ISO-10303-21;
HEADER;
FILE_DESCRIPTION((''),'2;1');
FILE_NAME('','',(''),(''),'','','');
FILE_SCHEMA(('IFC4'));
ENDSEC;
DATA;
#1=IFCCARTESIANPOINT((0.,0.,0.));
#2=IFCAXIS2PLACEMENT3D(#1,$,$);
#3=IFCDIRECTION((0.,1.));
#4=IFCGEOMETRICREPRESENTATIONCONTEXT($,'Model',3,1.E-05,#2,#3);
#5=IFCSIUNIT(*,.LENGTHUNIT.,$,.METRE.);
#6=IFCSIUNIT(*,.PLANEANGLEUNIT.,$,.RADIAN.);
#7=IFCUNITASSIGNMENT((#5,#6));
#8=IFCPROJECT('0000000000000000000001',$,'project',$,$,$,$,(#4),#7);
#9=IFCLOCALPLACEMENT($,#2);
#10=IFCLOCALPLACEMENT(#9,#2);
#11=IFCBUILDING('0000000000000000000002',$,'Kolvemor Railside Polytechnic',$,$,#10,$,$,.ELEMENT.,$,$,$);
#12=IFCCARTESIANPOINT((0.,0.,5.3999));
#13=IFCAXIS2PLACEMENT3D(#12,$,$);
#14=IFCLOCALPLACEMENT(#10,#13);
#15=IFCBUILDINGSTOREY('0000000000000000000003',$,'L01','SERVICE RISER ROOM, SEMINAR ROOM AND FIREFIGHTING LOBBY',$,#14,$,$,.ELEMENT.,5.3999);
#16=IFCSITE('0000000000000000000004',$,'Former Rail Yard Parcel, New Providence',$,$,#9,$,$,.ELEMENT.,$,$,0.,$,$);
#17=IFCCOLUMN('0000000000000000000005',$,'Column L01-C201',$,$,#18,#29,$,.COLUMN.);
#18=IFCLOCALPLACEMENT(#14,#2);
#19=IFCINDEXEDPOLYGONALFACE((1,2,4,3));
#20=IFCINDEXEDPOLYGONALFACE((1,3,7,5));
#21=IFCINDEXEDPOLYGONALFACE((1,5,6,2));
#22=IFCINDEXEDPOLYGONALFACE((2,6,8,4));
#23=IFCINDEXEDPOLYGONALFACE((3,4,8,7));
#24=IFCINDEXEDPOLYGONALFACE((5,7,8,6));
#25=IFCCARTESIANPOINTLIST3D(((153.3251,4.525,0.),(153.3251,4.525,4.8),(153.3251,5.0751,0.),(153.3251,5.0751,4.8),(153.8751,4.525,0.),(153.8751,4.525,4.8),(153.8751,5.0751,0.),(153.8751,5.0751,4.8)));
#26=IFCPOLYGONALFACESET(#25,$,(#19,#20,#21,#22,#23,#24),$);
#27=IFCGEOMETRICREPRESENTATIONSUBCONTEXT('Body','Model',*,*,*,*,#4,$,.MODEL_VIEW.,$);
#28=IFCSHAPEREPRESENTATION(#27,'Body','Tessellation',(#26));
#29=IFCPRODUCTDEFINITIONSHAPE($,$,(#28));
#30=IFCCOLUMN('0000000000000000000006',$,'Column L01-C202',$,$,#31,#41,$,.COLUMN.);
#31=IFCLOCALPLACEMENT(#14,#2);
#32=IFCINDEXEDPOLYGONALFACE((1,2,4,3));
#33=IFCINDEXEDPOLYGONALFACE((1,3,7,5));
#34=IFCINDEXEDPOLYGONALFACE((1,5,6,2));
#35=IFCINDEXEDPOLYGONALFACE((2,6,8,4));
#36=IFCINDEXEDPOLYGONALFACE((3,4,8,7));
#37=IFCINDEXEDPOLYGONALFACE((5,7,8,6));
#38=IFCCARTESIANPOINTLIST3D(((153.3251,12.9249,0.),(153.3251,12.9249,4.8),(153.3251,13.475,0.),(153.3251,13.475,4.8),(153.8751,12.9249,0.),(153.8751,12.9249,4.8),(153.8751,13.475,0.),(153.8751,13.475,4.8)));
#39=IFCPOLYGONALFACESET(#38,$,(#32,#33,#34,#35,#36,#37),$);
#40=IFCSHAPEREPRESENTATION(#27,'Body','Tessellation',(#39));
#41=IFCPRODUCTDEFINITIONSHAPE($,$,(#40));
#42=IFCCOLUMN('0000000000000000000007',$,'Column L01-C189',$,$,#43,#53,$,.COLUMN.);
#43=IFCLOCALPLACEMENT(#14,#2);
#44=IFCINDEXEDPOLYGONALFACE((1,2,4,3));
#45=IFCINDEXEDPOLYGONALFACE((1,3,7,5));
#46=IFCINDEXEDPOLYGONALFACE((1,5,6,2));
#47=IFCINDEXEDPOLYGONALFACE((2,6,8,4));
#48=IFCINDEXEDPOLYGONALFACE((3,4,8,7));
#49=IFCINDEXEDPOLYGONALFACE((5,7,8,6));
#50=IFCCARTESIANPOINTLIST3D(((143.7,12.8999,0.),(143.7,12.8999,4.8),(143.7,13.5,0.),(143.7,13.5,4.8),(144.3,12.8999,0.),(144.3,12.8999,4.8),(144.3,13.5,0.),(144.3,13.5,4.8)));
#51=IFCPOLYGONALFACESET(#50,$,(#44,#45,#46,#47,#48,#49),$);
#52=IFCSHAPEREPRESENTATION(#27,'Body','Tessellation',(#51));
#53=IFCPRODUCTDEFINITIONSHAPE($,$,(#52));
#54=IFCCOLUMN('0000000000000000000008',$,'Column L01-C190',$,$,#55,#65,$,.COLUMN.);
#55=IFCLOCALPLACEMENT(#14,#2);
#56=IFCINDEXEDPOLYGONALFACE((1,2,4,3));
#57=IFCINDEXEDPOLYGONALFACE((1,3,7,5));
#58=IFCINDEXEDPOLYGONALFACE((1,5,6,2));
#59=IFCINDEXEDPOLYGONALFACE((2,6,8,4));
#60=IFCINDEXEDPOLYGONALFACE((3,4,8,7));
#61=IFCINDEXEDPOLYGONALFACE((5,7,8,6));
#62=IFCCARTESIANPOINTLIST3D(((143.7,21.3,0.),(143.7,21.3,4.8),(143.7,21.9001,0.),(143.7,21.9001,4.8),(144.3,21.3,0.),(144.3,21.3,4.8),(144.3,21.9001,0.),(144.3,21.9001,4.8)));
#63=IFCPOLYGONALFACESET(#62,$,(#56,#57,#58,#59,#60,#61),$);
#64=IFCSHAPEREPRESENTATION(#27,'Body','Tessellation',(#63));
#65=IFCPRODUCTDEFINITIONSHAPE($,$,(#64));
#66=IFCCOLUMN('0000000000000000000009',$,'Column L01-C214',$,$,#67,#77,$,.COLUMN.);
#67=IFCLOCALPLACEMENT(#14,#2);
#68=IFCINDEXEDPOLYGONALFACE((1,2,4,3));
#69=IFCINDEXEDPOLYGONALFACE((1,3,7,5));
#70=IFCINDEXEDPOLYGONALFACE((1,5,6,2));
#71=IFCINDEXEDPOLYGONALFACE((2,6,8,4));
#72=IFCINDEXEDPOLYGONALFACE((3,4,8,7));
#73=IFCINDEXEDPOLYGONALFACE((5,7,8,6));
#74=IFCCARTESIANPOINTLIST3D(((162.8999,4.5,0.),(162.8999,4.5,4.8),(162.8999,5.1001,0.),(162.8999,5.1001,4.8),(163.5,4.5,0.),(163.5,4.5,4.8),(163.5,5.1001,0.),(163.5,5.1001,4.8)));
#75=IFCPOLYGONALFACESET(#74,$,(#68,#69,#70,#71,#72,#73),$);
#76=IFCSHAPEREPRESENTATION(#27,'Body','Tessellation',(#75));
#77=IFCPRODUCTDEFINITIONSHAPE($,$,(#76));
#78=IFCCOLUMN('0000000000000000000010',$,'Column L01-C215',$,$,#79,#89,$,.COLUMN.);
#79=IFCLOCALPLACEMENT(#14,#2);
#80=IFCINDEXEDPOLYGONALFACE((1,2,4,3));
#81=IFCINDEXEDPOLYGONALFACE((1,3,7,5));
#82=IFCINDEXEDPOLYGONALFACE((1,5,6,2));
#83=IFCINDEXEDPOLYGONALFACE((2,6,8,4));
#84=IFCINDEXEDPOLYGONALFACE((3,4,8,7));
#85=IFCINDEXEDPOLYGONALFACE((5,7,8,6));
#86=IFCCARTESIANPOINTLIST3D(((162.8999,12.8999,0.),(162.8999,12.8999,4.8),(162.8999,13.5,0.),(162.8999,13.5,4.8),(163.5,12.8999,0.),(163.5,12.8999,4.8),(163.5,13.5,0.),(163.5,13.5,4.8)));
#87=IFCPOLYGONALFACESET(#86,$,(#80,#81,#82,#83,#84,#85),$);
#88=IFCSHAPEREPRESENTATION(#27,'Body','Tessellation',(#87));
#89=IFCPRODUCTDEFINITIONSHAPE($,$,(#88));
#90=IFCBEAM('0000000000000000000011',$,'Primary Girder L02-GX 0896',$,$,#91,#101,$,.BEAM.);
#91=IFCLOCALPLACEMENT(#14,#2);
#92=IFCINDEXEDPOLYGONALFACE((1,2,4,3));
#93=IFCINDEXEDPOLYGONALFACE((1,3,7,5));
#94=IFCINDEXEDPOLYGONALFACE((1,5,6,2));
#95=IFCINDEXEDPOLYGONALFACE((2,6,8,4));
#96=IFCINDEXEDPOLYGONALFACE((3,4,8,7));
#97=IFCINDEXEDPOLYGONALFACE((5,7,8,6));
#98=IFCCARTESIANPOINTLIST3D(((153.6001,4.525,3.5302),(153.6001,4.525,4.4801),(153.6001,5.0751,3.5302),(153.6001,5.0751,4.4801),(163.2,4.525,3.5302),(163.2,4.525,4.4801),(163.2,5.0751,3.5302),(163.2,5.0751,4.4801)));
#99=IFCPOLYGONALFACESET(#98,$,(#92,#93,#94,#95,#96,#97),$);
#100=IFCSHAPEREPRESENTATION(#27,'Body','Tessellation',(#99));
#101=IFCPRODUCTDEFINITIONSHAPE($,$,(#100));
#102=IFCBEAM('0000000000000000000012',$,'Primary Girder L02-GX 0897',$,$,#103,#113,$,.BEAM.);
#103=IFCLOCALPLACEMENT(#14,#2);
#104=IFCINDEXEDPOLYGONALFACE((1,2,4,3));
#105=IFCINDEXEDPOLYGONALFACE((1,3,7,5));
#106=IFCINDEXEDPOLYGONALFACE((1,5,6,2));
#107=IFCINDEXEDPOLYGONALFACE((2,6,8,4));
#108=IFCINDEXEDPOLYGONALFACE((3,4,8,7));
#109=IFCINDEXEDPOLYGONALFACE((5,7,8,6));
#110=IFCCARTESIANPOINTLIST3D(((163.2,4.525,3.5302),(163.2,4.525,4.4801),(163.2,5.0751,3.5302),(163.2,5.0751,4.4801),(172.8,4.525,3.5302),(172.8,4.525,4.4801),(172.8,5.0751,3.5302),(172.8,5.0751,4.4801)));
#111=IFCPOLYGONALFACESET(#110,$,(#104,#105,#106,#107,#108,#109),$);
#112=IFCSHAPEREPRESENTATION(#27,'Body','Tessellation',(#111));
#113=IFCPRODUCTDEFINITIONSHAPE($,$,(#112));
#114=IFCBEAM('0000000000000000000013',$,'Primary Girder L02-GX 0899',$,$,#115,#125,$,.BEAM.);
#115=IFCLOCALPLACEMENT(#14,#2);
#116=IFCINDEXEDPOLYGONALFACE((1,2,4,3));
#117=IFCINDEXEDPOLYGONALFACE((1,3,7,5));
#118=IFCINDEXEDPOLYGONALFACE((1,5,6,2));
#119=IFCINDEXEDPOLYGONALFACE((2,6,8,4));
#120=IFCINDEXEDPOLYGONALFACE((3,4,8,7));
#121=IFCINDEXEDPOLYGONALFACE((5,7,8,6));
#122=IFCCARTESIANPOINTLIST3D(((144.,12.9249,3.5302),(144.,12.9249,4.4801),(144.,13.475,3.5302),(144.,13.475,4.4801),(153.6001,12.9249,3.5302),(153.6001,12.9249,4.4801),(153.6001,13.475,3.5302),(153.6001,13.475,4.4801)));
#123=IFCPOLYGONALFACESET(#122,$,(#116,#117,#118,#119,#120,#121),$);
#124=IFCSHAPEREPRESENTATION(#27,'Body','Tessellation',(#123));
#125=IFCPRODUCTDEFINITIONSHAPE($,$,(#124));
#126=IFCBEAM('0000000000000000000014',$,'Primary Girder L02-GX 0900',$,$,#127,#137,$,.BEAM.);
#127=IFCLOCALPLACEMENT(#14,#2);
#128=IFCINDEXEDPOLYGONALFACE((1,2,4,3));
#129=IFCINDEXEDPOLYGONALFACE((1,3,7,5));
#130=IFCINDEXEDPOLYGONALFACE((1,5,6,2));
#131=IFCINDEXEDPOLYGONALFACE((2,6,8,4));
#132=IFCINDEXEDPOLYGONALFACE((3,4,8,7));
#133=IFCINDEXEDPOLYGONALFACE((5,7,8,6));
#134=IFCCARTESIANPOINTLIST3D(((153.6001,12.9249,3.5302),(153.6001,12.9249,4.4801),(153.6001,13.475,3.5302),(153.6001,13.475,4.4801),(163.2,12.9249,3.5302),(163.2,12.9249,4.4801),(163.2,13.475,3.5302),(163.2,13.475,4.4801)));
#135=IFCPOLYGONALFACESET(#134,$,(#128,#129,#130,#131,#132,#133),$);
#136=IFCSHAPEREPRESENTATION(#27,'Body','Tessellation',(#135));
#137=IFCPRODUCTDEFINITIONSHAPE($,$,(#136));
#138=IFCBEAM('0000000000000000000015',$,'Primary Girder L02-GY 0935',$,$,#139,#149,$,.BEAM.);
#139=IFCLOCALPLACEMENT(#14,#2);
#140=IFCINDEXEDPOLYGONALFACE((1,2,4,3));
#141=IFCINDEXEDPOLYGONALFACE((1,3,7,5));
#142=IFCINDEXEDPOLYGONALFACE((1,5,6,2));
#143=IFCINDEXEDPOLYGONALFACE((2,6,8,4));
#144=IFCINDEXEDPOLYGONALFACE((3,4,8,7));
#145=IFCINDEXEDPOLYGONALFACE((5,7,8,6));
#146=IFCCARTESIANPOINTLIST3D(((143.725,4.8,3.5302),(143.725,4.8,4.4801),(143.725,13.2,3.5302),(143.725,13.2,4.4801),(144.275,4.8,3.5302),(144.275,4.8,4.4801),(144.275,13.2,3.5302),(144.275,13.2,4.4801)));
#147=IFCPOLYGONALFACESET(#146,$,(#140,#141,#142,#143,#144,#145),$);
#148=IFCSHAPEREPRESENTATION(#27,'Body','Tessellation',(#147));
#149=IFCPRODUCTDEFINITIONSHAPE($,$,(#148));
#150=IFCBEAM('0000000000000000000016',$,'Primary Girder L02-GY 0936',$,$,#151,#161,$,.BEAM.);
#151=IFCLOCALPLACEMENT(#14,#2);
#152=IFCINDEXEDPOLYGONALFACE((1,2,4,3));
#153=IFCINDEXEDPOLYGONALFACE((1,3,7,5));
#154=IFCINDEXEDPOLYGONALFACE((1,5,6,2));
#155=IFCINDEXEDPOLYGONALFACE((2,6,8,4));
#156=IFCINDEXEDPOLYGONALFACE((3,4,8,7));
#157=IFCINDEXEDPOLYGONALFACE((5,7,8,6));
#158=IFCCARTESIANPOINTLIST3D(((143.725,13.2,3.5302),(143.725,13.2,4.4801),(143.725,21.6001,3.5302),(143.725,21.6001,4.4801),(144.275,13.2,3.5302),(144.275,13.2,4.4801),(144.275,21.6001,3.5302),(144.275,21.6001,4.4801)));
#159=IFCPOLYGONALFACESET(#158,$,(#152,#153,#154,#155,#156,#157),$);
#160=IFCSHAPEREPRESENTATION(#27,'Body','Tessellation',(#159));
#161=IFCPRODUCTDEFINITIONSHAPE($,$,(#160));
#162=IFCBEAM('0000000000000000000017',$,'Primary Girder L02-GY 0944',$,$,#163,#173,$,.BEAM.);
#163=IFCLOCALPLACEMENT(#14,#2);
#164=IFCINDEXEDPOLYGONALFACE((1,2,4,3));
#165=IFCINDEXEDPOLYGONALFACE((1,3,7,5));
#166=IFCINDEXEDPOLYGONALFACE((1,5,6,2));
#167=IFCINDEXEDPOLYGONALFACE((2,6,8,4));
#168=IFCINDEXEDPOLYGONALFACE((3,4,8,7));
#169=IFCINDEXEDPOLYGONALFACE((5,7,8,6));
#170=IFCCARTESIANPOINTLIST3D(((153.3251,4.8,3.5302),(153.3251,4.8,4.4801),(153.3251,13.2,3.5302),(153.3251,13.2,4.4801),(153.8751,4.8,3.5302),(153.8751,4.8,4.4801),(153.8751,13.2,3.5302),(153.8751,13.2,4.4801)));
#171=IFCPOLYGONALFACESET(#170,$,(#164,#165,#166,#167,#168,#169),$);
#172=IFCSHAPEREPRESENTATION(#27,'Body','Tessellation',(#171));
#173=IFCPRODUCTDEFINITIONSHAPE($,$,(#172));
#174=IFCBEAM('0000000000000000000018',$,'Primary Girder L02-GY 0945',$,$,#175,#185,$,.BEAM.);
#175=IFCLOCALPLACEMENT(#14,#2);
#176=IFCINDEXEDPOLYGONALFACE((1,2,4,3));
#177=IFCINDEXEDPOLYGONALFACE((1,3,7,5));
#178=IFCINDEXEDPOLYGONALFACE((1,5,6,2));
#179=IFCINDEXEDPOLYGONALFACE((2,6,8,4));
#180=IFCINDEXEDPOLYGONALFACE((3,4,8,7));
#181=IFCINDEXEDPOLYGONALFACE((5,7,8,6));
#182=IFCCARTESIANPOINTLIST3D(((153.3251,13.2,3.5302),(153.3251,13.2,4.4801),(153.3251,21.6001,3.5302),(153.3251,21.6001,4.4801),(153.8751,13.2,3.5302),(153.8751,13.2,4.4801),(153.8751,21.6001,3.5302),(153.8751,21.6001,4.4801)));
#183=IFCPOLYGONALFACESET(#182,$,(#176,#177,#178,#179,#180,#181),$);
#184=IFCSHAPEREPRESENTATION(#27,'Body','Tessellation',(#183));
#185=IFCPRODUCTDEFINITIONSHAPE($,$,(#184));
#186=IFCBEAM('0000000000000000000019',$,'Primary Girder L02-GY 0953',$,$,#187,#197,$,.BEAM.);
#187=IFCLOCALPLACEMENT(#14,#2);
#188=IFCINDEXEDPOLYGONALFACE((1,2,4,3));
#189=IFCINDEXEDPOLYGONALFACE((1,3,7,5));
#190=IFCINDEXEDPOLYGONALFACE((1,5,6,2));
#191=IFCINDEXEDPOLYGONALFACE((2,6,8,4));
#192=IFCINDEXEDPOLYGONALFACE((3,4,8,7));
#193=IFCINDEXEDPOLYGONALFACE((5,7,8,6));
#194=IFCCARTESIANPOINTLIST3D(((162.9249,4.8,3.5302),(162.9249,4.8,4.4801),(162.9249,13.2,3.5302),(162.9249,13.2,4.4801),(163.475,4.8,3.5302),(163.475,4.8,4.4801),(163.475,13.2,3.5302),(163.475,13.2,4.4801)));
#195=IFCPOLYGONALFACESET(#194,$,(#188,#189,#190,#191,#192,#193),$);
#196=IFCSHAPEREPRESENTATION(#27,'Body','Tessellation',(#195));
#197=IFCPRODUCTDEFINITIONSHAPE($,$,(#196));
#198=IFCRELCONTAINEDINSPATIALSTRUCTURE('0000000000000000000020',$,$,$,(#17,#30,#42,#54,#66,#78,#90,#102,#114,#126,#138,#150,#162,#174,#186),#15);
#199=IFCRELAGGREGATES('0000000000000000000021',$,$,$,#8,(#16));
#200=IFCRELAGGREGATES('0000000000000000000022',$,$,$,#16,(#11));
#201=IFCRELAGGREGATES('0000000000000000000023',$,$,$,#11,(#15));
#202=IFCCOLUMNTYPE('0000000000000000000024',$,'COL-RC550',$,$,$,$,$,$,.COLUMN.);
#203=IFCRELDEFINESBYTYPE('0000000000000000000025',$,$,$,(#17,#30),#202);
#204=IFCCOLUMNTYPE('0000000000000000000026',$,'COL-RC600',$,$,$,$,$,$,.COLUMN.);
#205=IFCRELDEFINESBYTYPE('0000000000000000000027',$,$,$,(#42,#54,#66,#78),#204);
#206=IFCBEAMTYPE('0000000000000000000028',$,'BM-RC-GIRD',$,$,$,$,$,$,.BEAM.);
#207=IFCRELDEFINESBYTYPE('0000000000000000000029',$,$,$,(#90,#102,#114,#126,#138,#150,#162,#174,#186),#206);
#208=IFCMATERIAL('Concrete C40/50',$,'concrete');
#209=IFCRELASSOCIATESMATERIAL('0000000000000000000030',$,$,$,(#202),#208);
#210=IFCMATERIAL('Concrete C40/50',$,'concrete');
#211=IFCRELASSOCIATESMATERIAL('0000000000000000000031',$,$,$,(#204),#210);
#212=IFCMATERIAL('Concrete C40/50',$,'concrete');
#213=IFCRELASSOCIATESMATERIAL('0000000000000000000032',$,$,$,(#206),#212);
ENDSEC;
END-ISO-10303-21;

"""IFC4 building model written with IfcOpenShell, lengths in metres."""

from ifc_helpers import new_model, si_unit, direction, frame, origin, origin_2d, place, context, subcontext, project, spatial, rectangle, extrude, material, material_profile, profile_set, type_object, element, save


model = new_model("IFC4")

# Units and contexts
model_context = context("Model", 3, precision=1e-05, world=origin(), true_north=direction((0.0, 1.0)))
body_context = subcontext(model_context, "Body", "Model", "MODEL_VIEW")
ifc_project = project(units=[si_unit("LENGTHUNIT", "METRE"), si_unit("PLANEANGLEUNIT", "RADIAN")], contexts=[model_context])

# Site, building, storey
site_placement = place(None, origin())
site = spatial("IfcSite", under=ifc_project, at=site_placement, Name="Former Rail Yard Parcel, New Providence", CompositionType="ELEMENT", RefElevation=0.0)
building_placement = place(site_placement, origin())
building = spatial("IfcBuilding", under=site, at=building_placement, Name="Kolvemor Railside Polytechnic", CompositionType="ELEMENT")
storey_placement = place(building_placement, frame((0.0, 0.0, 5.3999)))
storey = spatial("IfcBuildingStorey", under=building, at=storey_placement, Name="L01", Description="SERVICE RISER ROOM, SEMINAR ROOM AND FIREFIGHTING LOBBY", CompositionType="ELEMENT", Elevation=5.3999)

# Columns
ifc_material_1 = material(Name="Concrete C40/50", Category="concrete")
ifc_material_profile_1 = material_profile(ifc_material_1, rectangle(XDim=0.55, YDim=0.55, at=origin_2d()), Name="RC550x550")
ifc_profile_set_1 = profile_set([ifc_material_profile_1], Name="Concrete C40/50")
column_type_1 = type_object("IfcColumnType", Name="COL-RC550", PredefinedType="COLUMN", material=ifc_profile_set_1)
for number, where, z_axis, x_axis, name in (
    (1, (153.6001, 4.8, 0.0), (0.0, 0.0, 1.0), (1.0, 0.0, 0.0), "Column L01-C201"),
    (2, (153.6001, 13.2, 0.0), (0.0, 0.0, 1.0), (1.0, 0.0, 0.0), "Column L01-C202"),
):
    element("IfcColumn", number, at=place(storey_placement, frame(where, z_axis=z_axis, x_axis=x_axis)), inside=storey, type_object=column_type_1, Name=name, PredefinedType="COLUMN", context=body_context, shape_type="SweptSolid", body=[
        extrude(rectangle(XDim=0.55, YDim=0.55, at=origin_2d()), origin(), (0.0, 0.0, 1.0), 4.8),
    ])
ifc_material_2 = material(Name="Concrete C40/50", Category="concrete")
ifc_material_profile_2 = material_profile(ifc_material_2, rectangle(XDim=0.6001, YDim=0.6001, at=origin_2d()), Name="RC600x600")
ifc_profile_set_2 = profile_set([ifc_material_profile_2], Name="Concrete C40/50")
column_type_2 = type_object("IfcColumnType", Name="COL-RC600", PredefinedType="COLUMN", material=ifc_profile_set_2)
for number, where, z_axis, x_axis, name in (
    (3, (144.0, 13.2, 0.0), (0.0, 0.0, 1.0), (1.0, 0.0, 0.0), "Column L01-C189"),
    (4, (144.0, 21.6001, 0.0), (0.0, 0.0, 1.0), (1.0, 0.0, 0.0), "Column L01-C190"),
    (5, (163.2, 4.8, 0.0), (0.0, 0.0, 1.0), (1.0, 0.0, 0.0), "Column L01-C214"),
    (6, (163.2, 13.2, 0.0), (0.0, 0.0, 1.0), (1.0, 0.0, 0.0), "Column L01-C215"),
):
    element("IfcColumn", number, at=place(storey_placement, frame(where, z_axis=z_axis, x_axis=x_axis)), inside=storey, type_object=column_type_2, Name=name, PredefinedType="COLUMN", context=body_context, shape_type="SweptSolid", body=[
        extrude(rectangle(XDim=0.6001, YDim=0.6001, at=origin_2d()), origin(), (0.0, 0.0, 1.0), 4.8),
    ])

# Beams
ifc_material_3 = material(Name="Concrete C40/50", Category="concrete")
ifc_material_profile_3 = material_profile(ifc_material_3, rectangle(XDim=0.55, YDim=0.95, at=origin_2d()), Name="RC550x950")
ifc_profile_set_3 = profile_set([ifc_material_profile_3], Name="Concrete C40/50")
beam_type_1 = type_object("IfcBeamType", Name="BM-RC-GIRD", PredefinedType="BEAM", material=ifc_profile_set_3)
beam_1_placement = place(storey_placement, frame((153.6001, 4.8, 4.0051), z_axis=(1.0, 0.0, 0.0), x_axis=(0.0, 1.0, 0.0)))
element("IfcBeam", 7, at=beam_1_placement, inside=storey, type_object=beam_type_1, Name="Primary Girder L02-GX 0896", PredefinedType="BEAM", context=body_context, shape_type="SweptSolid", body=[
    extrude(rectangle(XDim=0.55, YDim=0.95, at=origin_2d()), origin(), (0.0, 0.0, 1.0), 9.5999),
])
for number, where, z_axis, x_axis, name in (
    (8, (163.2, 4.8, 4.0051), (1.0, 0.0, 0.0), (0.0, 1.0, 0.0), "Primary Girder L02-GX 0897"),
    (9, (144.0, 13.2, 4.0051), (1.0, 0.0, 0.0), (0.0, 1.0, 0.0), "Primary Girder L02-GX 0899"),
):
    element("IfcBeam", number, at=place(storey_placement, frame(where, z_axis=z_axis, x_axis=x_axis)), inside=storey, type_object=beam_type_1, Name=name, PredefinedType="BEAM", context=body_context, shape_type="SweptSolid", body=[
        extrude(rectangle(XDim=0.55, YDim=0.95, at=origin_2d()), origin(), (0.0, 0.0, 1.0), 9.6001),
    ])
beam_2_placement = place(storey_placement, frame((153.6001, 13.2, 4.0051), z_axis=(1.0, 0.0, 0.0), x_axis=(0.0, 1.0, 0.0)))
element("IfcBeam", 10, at=beam_2_placement, inside=storey, type_object=beam_type_1, Name="Primary Girder L02-GX 0900", PredefinedType="BEAM", context=body_context, shape_type="SweptSolid", body=[
    extrude(rectangle(XDim=0.55, YDim=0.95, at=origin_2d()), origin(), (0.0, 0.0, 1.0), 9.5999),
])
beam_3_placement = place(storey_placement, frame((144.0, 4.8, 4.0051), z_axis=(0.0, 1.0, 0.0), x_axis=(-1.0, 0.0, 0.0)))
element("IfcBeam", 11, at=beam_3_placement, inside=storey, type_object=beam_type_1, Name="Primary Girder L02-GY 0935", PredefinedType="BEAM", context=body_context, shape_type="SweptSolid", body=[
    extrude(rectangle(XDim=0.55, YDim=0.95, at=origin_2d()), origin(), (0.0, 0.0, 1.0), 8.3999),
])
beam_4_placement = place(storey_placement, frame((144.0, 13.2, 4.0051), z_axis=(0.0, 1.0, 0.0), x_axis=(-1.0, 0.0, 0.0)))
element("IfcBeam", 12, at=beam_4_placement, inside=storey, type_object=beam_type_1, Name="Primary Girder L02-GY 0936", PredefinedType="BEAM", context=body_context, shape_type="SweptSolid", body=[
    extrude(rectangle(XDim=0.55, YDim=0.95, at=origin_2d()), origin(), (0.0, 0.0, 1.0), 8.4001),
])
beam_5_placement = place(storey_placement, frame((153.6001, 4.8, 4.0051), z_axis=(0.0, 1.0, 0.0), x_axis=(-1.0, 0.0, 0.0)))
element("IfcBeam", 13, at=beam_5_placement, inside=storey, type_object=beam_type_1, Name="Primary Girder L02-GY 0944", PredefinedType="BEAM", context=body_context, shape_type="SweptSolid", body=[
    extrude(rectangle(XDim=0.55, YDim=0.95, at=origin_2d()), origin(), (0.0, 0.0, 1.0), 8.3999),
])
beam_6_placement = place(storey_placement, frame((153.6001, 13.2, 4.0051), z_axis=(0.0, 1.0, 0.0), x_axis=(-1.0, 0.0, 0.0)))
element("IfcBeam", 14, at=beam_6_placement, inside=storey, type_object=beam_type_1, Name="Primary Girder L02-GY 0945", PredefinedType="BEAM", context=body_context, shape_type="SweptSolid", body=[
    extrude(rectangle(XDim=0.55, YDim=0.95, at=origin_2d()), origin(), (0.0, 0.0, 1.0), 8.4001),
])
beam_7_placement = place(storey_placement, frame((163.2, 4.8, 4.0051), z_axis=(0.0, 1.0, 0.0), x_axis=(-1.0, 0.0, 0.0)))
element("IfcBeam", 15, at=beam_7_placement, inside=storey, type_object=beam_type_1, Name="Primary Girder L02-GY 0953", PredefinedType="BEAM", context=body_context, shape_type="SweptSolid", body=[
    extrude(rectangle(XDim=0.55, YDim=0.95, at=origin_2d()), origin(), (0.0, 0.0, 1.0), 8.3999),
])

save(model, "model.ifc")
